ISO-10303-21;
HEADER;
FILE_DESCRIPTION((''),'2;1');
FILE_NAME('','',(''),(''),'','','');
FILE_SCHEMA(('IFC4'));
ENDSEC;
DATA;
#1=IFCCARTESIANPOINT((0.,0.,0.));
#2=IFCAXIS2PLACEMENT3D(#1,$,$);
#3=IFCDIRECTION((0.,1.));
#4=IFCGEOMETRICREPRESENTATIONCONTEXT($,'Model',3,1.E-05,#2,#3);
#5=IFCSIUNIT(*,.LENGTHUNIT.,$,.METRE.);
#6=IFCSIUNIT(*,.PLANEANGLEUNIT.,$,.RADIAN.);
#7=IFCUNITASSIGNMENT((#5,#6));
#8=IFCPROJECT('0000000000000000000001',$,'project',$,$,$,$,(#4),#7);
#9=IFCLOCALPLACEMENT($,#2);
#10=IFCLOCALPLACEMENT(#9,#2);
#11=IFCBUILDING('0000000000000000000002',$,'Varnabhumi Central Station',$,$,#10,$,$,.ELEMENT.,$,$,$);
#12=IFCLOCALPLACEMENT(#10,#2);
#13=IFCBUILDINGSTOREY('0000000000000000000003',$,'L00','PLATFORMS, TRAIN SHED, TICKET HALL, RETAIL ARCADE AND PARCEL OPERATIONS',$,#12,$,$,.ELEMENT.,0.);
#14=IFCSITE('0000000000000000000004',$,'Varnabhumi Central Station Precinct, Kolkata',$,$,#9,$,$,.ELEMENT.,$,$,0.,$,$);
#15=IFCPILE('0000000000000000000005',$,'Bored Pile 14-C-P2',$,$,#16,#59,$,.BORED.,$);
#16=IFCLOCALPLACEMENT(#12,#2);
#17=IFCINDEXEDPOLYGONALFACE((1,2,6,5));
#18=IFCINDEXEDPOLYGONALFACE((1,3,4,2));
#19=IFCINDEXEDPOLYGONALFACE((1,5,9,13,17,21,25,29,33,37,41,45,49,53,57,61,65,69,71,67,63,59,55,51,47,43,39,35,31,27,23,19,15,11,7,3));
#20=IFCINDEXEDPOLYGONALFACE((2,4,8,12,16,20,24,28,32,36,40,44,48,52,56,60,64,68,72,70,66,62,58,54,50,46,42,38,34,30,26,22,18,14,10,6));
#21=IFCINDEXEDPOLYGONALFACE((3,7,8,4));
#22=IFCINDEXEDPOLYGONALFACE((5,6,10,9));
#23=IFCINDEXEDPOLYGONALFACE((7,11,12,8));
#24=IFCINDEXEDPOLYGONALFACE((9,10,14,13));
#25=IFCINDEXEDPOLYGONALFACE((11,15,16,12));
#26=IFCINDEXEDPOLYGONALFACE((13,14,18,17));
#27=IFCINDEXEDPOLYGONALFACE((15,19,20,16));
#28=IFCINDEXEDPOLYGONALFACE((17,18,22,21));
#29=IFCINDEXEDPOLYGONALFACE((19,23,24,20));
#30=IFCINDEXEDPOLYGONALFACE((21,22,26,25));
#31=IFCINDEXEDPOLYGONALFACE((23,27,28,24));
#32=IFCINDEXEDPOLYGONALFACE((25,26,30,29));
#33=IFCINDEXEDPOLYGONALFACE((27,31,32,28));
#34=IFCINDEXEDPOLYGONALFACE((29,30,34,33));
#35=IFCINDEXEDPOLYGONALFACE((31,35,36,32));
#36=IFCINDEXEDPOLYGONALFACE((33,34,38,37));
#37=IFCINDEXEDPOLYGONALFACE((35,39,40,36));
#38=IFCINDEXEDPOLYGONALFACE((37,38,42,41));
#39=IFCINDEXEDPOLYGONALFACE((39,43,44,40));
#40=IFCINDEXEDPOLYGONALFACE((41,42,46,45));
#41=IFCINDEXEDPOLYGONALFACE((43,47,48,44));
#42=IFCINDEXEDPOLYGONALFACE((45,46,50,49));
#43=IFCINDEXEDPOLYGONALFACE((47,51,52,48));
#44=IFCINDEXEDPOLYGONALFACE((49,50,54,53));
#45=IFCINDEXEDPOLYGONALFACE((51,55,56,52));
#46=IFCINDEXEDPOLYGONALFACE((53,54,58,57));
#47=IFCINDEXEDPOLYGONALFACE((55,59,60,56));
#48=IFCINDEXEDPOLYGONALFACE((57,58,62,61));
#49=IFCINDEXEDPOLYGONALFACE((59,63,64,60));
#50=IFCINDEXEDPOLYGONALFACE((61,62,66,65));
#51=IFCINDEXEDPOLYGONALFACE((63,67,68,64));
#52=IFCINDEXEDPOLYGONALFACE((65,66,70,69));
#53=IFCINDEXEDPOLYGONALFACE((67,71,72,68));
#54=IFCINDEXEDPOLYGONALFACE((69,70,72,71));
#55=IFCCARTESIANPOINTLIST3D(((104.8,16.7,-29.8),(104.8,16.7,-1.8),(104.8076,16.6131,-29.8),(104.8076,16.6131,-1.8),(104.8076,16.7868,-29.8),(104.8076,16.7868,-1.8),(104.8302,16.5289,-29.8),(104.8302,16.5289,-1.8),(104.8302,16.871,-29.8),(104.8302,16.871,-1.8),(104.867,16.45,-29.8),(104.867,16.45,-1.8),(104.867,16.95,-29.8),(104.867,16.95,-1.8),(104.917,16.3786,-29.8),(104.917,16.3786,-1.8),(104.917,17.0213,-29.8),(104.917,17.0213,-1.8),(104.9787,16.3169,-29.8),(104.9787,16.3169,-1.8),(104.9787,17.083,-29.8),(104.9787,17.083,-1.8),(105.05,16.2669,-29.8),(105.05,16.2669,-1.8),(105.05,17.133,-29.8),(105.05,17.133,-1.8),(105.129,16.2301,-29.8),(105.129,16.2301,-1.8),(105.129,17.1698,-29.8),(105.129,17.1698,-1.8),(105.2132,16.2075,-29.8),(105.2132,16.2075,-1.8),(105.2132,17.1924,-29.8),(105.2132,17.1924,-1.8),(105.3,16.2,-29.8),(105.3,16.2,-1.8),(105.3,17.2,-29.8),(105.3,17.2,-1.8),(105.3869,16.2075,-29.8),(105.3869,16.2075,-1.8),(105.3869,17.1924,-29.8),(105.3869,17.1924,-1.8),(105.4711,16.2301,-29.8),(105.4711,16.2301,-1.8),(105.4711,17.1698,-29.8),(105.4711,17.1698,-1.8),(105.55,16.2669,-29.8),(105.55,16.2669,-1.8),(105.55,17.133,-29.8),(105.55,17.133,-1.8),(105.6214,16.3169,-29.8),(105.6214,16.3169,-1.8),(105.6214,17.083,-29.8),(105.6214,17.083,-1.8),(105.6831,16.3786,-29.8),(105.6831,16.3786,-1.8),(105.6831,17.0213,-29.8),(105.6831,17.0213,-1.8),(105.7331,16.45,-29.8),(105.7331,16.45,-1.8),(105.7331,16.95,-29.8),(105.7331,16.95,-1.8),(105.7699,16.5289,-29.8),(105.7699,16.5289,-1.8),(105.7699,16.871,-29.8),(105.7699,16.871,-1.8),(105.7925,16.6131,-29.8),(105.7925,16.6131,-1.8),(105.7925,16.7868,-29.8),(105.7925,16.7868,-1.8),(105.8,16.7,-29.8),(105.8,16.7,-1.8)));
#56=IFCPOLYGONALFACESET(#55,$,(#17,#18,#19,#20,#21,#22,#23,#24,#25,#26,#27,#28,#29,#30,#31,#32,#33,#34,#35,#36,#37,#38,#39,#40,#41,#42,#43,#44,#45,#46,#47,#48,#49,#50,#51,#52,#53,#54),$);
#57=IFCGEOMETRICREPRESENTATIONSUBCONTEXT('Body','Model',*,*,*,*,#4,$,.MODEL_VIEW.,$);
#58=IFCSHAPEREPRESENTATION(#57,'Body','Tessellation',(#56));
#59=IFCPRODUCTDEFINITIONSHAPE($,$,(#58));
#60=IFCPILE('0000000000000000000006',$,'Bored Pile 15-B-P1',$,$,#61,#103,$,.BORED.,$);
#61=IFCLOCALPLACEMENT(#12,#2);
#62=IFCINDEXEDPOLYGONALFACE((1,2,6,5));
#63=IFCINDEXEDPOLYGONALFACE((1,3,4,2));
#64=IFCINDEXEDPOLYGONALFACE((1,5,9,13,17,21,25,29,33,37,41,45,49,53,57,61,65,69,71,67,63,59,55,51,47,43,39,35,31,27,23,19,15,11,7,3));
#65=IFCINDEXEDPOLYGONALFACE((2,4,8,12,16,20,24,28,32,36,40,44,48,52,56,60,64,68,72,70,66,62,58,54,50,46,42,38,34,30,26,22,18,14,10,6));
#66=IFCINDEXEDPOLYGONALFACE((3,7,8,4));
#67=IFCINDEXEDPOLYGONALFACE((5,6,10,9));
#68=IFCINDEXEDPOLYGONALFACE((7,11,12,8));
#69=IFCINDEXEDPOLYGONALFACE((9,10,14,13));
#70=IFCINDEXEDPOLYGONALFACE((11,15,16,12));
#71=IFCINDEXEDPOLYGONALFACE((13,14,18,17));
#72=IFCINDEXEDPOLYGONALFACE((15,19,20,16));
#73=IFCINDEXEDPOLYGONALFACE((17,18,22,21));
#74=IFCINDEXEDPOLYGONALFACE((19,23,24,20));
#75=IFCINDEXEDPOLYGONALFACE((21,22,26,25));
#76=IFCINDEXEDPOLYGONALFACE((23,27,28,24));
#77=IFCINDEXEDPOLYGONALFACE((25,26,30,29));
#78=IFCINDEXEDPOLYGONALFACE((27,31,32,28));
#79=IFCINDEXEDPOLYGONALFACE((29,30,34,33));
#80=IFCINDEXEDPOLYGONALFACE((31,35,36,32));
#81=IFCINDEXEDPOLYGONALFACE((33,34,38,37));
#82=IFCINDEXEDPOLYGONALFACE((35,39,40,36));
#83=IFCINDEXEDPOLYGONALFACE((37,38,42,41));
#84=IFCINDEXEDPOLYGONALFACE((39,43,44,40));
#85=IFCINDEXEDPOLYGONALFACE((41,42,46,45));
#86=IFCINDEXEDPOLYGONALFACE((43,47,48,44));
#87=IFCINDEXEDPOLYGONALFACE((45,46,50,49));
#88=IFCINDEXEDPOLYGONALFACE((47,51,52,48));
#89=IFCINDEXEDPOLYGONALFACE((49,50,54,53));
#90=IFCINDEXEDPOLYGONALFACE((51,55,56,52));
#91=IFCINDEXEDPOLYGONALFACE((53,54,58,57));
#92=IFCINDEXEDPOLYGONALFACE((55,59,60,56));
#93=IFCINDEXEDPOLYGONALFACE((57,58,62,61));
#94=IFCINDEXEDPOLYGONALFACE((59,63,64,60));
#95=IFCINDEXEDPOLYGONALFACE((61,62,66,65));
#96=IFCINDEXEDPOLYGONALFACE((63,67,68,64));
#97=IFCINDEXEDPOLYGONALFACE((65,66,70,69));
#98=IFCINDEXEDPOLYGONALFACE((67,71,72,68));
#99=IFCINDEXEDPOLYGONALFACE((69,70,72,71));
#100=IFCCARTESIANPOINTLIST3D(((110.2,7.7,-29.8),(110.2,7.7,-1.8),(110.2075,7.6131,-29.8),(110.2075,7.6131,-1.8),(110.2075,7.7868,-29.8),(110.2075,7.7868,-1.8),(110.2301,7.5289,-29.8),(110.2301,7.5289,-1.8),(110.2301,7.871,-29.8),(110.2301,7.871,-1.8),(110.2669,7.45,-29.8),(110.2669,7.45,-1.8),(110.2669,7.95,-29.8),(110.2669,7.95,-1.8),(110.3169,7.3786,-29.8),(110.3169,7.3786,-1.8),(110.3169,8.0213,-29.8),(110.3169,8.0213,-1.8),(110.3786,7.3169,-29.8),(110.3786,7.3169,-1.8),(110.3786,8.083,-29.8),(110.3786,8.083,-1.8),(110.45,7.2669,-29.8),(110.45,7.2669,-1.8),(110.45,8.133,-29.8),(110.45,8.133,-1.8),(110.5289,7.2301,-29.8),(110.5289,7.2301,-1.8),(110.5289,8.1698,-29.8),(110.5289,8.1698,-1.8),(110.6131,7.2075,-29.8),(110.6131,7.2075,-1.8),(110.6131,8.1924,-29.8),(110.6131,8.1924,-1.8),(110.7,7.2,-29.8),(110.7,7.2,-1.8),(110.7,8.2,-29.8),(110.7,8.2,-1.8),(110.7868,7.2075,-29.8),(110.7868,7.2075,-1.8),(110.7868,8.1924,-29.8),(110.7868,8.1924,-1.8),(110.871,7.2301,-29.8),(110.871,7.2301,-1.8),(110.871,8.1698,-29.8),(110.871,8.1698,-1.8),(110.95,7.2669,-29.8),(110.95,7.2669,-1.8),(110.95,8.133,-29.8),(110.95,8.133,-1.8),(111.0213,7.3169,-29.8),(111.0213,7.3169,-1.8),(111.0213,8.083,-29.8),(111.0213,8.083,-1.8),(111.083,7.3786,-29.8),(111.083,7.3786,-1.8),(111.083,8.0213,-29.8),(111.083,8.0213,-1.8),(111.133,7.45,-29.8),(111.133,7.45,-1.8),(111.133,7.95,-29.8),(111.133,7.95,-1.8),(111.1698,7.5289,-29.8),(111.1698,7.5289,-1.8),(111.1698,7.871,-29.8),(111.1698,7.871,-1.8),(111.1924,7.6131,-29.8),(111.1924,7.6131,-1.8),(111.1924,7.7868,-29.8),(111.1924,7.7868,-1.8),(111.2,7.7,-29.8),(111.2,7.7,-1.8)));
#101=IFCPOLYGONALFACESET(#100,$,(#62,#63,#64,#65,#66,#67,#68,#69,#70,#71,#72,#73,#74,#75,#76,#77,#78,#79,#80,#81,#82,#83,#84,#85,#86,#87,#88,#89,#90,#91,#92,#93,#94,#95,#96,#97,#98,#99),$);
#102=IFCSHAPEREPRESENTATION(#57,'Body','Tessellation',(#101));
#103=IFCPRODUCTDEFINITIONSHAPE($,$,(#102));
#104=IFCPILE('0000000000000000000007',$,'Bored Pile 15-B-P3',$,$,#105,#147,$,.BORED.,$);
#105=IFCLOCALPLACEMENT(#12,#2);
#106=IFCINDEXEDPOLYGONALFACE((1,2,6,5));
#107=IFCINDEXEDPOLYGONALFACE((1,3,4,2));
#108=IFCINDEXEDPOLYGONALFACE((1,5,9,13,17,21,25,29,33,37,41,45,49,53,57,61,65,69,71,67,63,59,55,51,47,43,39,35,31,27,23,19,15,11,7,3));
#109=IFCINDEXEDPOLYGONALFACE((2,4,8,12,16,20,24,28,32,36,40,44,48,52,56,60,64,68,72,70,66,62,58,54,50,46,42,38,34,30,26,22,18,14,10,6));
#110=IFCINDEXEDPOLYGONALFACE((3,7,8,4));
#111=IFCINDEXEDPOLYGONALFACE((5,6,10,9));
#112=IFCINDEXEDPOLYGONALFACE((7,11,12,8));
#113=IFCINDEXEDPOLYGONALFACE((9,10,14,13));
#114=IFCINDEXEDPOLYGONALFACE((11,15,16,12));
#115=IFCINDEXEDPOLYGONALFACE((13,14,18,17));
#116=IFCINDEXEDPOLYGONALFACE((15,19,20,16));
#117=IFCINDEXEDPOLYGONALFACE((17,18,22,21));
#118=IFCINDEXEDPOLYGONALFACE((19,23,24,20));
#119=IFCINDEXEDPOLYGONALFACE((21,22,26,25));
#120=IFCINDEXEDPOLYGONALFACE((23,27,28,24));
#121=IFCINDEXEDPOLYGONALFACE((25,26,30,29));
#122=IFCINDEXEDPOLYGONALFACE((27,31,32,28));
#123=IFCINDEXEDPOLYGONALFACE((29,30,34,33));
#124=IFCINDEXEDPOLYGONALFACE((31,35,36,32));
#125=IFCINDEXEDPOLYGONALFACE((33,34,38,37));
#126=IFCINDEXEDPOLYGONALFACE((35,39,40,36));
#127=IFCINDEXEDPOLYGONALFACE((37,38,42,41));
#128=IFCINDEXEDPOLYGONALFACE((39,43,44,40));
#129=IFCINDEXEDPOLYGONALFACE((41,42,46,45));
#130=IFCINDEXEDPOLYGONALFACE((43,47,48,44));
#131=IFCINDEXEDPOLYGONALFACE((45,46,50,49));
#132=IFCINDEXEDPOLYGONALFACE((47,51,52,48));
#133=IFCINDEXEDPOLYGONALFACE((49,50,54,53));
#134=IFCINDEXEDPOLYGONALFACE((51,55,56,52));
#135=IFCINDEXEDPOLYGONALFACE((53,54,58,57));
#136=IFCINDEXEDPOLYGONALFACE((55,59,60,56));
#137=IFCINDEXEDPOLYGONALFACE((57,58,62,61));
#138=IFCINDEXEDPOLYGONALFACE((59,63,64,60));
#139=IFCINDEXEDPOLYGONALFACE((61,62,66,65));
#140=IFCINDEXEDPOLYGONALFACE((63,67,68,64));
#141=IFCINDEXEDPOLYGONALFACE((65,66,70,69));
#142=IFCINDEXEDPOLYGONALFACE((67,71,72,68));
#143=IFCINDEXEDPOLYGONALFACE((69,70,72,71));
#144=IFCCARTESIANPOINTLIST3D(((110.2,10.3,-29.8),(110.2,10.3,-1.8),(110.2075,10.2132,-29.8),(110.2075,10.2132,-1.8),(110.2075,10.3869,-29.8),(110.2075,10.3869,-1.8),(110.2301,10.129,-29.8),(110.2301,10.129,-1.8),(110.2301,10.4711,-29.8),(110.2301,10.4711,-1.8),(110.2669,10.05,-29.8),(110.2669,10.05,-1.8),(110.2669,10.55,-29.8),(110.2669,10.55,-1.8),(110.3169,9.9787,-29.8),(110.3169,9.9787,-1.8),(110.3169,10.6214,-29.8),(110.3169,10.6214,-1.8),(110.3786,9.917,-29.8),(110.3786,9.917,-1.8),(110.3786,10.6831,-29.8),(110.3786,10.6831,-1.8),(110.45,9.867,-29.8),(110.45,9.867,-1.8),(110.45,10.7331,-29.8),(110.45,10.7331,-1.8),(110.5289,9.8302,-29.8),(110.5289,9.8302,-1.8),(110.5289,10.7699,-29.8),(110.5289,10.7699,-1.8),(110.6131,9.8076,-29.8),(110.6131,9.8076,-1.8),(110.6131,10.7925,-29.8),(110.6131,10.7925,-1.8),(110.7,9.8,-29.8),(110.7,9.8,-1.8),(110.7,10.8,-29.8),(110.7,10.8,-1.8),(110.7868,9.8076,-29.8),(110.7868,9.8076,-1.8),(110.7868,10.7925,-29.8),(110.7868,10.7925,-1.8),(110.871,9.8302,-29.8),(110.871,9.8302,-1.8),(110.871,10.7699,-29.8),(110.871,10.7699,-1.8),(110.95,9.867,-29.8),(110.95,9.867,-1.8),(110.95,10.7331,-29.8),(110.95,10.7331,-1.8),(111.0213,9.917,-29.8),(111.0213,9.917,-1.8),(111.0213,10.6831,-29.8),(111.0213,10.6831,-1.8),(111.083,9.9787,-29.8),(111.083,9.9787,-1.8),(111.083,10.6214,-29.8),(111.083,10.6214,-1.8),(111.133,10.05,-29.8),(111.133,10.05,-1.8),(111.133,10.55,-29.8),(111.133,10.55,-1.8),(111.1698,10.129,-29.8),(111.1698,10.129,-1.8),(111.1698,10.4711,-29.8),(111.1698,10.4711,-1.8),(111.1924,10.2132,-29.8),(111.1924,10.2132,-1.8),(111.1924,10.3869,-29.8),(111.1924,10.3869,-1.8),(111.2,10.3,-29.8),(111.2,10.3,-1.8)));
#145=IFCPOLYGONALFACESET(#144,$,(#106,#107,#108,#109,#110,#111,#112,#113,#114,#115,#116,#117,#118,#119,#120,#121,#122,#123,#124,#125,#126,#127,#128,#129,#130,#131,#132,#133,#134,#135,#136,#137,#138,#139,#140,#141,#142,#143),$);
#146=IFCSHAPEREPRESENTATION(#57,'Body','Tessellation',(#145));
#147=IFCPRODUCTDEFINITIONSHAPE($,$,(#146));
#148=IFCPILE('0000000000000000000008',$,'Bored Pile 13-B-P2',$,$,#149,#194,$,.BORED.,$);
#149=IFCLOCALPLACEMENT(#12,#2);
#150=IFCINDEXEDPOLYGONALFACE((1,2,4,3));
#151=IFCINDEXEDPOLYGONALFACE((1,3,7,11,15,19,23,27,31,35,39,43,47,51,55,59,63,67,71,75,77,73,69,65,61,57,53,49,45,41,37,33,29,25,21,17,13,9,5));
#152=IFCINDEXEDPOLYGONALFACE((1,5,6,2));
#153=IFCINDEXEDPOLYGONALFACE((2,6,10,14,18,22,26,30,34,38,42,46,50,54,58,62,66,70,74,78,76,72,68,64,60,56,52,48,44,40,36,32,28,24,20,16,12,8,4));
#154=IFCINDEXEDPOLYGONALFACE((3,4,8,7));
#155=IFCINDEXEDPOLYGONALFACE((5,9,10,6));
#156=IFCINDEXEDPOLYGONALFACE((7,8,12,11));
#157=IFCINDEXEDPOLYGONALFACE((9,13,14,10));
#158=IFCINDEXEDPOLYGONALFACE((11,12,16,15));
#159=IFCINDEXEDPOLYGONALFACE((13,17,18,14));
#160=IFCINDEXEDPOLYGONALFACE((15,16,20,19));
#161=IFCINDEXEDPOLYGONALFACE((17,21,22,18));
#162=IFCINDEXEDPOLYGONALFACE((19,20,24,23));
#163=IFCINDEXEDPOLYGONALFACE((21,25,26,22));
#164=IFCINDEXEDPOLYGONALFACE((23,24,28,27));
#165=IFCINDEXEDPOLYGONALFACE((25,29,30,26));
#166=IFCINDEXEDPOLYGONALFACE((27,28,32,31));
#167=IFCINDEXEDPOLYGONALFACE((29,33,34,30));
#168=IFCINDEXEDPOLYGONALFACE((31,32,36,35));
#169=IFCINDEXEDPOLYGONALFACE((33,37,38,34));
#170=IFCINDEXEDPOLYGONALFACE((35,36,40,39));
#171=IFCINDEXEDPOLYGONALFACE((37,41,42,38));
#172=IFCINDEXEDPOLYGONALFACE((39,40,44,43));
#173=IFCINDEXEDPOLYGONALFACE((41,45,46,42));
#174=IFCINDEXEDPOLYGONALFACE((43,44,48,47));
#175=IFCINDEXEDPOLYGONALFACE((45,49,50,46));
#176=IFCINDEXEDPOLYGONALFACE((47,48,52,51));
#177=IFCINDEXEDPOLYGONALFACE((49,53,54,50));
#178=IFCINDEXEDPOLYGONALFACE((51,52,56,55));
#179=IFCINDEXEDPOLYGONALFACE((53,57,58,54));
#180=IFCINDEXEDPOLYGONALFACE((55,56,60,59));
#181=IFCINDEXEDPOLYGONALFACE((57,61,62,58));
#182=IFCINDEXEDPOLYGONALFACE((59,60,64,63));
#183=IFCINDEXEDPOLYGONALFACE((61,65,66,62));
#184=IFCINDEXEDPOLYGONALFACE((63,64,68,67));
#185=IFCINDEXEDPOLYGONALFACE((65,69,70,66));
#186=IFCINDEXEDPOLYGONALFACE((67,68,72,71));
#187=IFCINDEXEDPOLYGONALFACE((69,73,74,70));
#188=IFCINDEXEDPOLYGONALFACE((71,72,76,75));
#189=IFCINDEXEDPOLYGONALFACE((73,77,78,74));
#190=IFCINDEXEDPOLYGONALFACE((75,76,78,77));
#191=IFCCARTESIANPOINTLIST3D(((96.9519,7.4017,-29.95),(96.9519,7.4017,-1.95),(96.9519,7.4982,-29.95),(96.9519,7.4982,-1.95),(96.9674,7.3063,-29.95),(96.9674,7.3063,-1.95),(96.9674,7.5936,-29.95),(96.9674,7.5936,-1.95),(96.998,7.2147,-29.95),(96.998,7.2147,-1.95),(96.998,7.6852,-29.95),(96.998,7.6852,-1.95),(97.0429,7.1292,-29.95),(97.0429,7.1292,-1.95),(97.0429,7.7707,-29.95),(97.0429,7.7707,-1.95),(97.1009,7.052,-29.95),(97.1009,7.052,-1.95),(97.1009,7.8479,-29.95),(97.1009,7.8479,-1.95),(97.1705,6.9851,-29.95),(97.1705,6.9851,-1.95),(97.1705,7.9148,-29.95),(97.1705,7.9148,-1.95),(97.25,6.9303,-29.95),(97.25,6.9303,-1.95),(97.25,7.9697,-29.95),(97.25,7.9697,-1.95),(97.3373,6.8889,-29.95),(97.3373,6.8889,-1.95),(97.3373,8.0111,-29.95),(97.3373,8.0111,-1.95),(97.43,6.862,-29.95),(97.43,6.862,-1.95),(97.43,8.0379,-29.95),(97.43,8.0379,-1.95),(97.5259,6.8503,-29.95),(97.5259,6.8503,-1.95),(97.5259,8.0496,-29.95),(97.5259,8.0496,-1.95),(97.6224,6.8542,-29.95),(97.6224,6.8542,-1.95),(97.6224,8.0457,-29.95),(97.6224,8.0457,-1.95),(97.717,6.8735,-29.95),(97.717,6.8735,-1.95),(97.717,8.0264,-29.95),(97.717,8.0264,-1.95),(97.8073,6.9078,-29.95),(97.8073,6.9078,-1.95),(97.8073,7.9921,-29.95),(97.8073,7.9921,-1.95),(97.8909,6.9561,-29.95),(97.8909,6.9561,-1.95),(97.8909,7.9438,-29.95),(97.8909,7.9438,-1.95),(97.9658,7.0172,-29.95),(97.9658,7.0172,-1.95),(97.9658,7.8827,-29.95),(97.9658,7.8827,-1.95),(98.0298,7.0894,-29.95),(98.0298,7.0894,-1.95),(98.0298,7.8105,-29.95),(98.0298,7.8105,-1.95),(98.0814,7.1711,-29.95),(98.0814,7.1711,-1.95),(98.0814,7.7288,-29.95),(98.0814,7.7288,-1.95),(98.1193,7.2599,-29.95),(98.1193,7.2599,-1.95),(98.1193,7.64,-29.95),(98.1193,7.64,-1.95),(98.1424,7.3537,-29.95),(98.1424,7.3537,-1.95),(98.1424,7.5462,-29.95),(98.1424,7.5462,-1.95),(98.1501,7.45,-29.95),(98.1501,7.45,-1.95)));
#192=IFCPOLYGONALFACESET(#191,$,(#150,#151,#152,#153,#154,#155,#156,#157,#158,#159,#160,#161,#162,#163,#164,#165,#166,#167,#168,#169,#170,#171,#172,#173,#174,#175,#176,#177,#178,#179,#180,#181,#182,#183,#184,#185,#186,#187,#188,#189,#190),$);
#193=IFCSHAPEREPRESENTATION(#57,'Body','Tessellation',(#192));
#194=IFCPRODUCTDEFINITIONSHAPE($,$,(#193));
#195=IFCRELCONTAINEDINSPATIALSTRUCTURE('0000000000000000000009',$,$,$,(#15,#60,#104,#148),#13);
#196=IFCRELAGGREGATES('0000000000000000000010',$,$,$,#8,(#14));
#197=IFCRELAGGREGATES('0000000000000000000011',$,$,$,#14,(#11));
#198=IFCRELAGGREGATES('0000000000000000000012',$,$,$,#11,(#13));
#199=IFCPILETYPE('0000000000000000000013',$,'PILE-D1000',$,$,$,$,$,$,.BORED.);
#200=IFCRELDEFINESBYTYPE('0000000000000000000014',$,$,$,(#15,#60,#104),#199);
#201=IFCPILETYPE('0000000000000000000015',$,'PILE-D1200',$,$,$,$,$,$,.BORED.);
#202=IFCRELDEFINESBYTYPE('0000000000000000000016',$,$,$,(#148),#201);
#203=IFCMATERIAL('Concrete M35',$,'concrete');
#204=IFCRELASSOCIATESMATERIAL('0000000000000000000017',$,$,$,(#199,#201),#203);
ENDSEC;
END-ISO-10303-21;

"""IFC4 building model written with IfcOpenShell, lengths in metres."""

from ifc_helpers import new_model, si_unit, direction, frame, origin, origin_2d, place, context, subcontext, project, spatial, circle, extrude, material, material_profile, profile_set, type_object, element, save


model = new_model("IFC4")

# Units and contexts
model_context = context("Model", 3, precision=1e-05, world=origin(), true_north=direction((0.0, 1.0)))
body_context = subcontext(model_context, "Body", "Model", "MODEL_VIEW")
ifc_project = project(units=[si_unit("LENGTHUNIT", "METRE"), si_unit("PLANEANGLEUNIT", "RADIAN")], contexts=[model_context])

# Site, building, storey
site_placement = place(None, origin())
site = spatial("IfcSite", under=ifc_project, at=site_placement, Name="Varnabhumi Central Station Precinct, Kolkata", CompositionType="ELEMENT", RefElevation=0.0)
building_placement = place(site_placement, origin())
building = spatial("IfcBuilding", under=site, at=building_placement, Name="Varnabhumi Central Station", CompositionType="ELEMENT")
storey_placement = place(building_placement, origin())
storey = spatial("IfcBuildingStorey", under=building, at=storey_placement, Name="L00", Description="PLATFORMS, TRAIN SHED, TICKET HALL, RETAIL ARCADE AND PARCEL OPERATIONS", CompositionType="ELEMENT", Elevation=0.0)

# Piles
ifc_material_1 = material(Name="Concrete M35", Category="concrete")
ifc_material_profile_1 = material_profile(ifc_material_1, circle(Radius=0.5, at=origin_2d()), Name="Concrete M35", Category="concrete")
ifc_profile_set_1 = profile_set([ifc_material_profile_1], Name="Concrete M35")
pile_type_1 = type_object("IfcPileType", Name="PILE-D1000", PredefinedType="BORED", material=ifc_profile_set_1)
for number, where, z_axis, x_axis, name in (
    (1, (105.3, 16.7, -1.8), (0.0, 0.0, -1.0), (1.0, 0.0, 0.0), "Bored Pile 14-C-P2"),
    (2, (110.7, 7.7, -1.8), (0.0, 0.0, -1.0), (1.0, 0.0, 0.0), "Bored Pile 15-B-P1"),
    (3, (110.7, 10.3, -1.8), (0.0, 0.0, -1.0), (1.0, 0.0, 0.0), "Bored Pile 15-B-P3"),
):
    element("IfcPile", number, at=place(storey_placement, frame(where, z_axis=z_axis, x_axis=x_axis)), inside=storey, type_object=pile_type_1, Name=name, PredefinedType="BORED", context=body_context, shape_type="SweptSolid", body=[
        extrude(circle(Radius=0.5, at=origin_2d()), origin(), (0.0, 0.0, 1.0), 28.0),
    ])
ifc_material_profile_2 = material_profile(ifc_material_1, circle(Radius=0.6001, at=origin_2d()), Name="Concrete M35", Category="concrete")
ifc_profile_set_2 = profile_set([ifc_material_profile_2], Name="Concrete M35")
pile_type_2 = type_object("IfcPileType", Name="PILE-D1200", PredefinedType="BORED", material=ifc_profile_set_2)
for number, where, z_axis, x_axis, name in (
    (4, (97.55, 7.45, -1.95), (0.0, 0.0, -1.0), (1.0, 0.0, 0.0), "Bored Pile 13-B-P2"),
):
    element("IfcPile", number, at=place(storey_placement, frame(where, z_axis=z_axis, x_axis=x_axis)), inside=storey, type_object=pile_type_2, Name=name, PredefinedType="BORED", context=body_context, shape_type="SweptSolid", body=[
        extrude(circle(Radius=0.6001, at=origin_2d()), origin(), (0.0, 0.0, 1.0), 28.0),
    ])

save(model, "model.ifc")
